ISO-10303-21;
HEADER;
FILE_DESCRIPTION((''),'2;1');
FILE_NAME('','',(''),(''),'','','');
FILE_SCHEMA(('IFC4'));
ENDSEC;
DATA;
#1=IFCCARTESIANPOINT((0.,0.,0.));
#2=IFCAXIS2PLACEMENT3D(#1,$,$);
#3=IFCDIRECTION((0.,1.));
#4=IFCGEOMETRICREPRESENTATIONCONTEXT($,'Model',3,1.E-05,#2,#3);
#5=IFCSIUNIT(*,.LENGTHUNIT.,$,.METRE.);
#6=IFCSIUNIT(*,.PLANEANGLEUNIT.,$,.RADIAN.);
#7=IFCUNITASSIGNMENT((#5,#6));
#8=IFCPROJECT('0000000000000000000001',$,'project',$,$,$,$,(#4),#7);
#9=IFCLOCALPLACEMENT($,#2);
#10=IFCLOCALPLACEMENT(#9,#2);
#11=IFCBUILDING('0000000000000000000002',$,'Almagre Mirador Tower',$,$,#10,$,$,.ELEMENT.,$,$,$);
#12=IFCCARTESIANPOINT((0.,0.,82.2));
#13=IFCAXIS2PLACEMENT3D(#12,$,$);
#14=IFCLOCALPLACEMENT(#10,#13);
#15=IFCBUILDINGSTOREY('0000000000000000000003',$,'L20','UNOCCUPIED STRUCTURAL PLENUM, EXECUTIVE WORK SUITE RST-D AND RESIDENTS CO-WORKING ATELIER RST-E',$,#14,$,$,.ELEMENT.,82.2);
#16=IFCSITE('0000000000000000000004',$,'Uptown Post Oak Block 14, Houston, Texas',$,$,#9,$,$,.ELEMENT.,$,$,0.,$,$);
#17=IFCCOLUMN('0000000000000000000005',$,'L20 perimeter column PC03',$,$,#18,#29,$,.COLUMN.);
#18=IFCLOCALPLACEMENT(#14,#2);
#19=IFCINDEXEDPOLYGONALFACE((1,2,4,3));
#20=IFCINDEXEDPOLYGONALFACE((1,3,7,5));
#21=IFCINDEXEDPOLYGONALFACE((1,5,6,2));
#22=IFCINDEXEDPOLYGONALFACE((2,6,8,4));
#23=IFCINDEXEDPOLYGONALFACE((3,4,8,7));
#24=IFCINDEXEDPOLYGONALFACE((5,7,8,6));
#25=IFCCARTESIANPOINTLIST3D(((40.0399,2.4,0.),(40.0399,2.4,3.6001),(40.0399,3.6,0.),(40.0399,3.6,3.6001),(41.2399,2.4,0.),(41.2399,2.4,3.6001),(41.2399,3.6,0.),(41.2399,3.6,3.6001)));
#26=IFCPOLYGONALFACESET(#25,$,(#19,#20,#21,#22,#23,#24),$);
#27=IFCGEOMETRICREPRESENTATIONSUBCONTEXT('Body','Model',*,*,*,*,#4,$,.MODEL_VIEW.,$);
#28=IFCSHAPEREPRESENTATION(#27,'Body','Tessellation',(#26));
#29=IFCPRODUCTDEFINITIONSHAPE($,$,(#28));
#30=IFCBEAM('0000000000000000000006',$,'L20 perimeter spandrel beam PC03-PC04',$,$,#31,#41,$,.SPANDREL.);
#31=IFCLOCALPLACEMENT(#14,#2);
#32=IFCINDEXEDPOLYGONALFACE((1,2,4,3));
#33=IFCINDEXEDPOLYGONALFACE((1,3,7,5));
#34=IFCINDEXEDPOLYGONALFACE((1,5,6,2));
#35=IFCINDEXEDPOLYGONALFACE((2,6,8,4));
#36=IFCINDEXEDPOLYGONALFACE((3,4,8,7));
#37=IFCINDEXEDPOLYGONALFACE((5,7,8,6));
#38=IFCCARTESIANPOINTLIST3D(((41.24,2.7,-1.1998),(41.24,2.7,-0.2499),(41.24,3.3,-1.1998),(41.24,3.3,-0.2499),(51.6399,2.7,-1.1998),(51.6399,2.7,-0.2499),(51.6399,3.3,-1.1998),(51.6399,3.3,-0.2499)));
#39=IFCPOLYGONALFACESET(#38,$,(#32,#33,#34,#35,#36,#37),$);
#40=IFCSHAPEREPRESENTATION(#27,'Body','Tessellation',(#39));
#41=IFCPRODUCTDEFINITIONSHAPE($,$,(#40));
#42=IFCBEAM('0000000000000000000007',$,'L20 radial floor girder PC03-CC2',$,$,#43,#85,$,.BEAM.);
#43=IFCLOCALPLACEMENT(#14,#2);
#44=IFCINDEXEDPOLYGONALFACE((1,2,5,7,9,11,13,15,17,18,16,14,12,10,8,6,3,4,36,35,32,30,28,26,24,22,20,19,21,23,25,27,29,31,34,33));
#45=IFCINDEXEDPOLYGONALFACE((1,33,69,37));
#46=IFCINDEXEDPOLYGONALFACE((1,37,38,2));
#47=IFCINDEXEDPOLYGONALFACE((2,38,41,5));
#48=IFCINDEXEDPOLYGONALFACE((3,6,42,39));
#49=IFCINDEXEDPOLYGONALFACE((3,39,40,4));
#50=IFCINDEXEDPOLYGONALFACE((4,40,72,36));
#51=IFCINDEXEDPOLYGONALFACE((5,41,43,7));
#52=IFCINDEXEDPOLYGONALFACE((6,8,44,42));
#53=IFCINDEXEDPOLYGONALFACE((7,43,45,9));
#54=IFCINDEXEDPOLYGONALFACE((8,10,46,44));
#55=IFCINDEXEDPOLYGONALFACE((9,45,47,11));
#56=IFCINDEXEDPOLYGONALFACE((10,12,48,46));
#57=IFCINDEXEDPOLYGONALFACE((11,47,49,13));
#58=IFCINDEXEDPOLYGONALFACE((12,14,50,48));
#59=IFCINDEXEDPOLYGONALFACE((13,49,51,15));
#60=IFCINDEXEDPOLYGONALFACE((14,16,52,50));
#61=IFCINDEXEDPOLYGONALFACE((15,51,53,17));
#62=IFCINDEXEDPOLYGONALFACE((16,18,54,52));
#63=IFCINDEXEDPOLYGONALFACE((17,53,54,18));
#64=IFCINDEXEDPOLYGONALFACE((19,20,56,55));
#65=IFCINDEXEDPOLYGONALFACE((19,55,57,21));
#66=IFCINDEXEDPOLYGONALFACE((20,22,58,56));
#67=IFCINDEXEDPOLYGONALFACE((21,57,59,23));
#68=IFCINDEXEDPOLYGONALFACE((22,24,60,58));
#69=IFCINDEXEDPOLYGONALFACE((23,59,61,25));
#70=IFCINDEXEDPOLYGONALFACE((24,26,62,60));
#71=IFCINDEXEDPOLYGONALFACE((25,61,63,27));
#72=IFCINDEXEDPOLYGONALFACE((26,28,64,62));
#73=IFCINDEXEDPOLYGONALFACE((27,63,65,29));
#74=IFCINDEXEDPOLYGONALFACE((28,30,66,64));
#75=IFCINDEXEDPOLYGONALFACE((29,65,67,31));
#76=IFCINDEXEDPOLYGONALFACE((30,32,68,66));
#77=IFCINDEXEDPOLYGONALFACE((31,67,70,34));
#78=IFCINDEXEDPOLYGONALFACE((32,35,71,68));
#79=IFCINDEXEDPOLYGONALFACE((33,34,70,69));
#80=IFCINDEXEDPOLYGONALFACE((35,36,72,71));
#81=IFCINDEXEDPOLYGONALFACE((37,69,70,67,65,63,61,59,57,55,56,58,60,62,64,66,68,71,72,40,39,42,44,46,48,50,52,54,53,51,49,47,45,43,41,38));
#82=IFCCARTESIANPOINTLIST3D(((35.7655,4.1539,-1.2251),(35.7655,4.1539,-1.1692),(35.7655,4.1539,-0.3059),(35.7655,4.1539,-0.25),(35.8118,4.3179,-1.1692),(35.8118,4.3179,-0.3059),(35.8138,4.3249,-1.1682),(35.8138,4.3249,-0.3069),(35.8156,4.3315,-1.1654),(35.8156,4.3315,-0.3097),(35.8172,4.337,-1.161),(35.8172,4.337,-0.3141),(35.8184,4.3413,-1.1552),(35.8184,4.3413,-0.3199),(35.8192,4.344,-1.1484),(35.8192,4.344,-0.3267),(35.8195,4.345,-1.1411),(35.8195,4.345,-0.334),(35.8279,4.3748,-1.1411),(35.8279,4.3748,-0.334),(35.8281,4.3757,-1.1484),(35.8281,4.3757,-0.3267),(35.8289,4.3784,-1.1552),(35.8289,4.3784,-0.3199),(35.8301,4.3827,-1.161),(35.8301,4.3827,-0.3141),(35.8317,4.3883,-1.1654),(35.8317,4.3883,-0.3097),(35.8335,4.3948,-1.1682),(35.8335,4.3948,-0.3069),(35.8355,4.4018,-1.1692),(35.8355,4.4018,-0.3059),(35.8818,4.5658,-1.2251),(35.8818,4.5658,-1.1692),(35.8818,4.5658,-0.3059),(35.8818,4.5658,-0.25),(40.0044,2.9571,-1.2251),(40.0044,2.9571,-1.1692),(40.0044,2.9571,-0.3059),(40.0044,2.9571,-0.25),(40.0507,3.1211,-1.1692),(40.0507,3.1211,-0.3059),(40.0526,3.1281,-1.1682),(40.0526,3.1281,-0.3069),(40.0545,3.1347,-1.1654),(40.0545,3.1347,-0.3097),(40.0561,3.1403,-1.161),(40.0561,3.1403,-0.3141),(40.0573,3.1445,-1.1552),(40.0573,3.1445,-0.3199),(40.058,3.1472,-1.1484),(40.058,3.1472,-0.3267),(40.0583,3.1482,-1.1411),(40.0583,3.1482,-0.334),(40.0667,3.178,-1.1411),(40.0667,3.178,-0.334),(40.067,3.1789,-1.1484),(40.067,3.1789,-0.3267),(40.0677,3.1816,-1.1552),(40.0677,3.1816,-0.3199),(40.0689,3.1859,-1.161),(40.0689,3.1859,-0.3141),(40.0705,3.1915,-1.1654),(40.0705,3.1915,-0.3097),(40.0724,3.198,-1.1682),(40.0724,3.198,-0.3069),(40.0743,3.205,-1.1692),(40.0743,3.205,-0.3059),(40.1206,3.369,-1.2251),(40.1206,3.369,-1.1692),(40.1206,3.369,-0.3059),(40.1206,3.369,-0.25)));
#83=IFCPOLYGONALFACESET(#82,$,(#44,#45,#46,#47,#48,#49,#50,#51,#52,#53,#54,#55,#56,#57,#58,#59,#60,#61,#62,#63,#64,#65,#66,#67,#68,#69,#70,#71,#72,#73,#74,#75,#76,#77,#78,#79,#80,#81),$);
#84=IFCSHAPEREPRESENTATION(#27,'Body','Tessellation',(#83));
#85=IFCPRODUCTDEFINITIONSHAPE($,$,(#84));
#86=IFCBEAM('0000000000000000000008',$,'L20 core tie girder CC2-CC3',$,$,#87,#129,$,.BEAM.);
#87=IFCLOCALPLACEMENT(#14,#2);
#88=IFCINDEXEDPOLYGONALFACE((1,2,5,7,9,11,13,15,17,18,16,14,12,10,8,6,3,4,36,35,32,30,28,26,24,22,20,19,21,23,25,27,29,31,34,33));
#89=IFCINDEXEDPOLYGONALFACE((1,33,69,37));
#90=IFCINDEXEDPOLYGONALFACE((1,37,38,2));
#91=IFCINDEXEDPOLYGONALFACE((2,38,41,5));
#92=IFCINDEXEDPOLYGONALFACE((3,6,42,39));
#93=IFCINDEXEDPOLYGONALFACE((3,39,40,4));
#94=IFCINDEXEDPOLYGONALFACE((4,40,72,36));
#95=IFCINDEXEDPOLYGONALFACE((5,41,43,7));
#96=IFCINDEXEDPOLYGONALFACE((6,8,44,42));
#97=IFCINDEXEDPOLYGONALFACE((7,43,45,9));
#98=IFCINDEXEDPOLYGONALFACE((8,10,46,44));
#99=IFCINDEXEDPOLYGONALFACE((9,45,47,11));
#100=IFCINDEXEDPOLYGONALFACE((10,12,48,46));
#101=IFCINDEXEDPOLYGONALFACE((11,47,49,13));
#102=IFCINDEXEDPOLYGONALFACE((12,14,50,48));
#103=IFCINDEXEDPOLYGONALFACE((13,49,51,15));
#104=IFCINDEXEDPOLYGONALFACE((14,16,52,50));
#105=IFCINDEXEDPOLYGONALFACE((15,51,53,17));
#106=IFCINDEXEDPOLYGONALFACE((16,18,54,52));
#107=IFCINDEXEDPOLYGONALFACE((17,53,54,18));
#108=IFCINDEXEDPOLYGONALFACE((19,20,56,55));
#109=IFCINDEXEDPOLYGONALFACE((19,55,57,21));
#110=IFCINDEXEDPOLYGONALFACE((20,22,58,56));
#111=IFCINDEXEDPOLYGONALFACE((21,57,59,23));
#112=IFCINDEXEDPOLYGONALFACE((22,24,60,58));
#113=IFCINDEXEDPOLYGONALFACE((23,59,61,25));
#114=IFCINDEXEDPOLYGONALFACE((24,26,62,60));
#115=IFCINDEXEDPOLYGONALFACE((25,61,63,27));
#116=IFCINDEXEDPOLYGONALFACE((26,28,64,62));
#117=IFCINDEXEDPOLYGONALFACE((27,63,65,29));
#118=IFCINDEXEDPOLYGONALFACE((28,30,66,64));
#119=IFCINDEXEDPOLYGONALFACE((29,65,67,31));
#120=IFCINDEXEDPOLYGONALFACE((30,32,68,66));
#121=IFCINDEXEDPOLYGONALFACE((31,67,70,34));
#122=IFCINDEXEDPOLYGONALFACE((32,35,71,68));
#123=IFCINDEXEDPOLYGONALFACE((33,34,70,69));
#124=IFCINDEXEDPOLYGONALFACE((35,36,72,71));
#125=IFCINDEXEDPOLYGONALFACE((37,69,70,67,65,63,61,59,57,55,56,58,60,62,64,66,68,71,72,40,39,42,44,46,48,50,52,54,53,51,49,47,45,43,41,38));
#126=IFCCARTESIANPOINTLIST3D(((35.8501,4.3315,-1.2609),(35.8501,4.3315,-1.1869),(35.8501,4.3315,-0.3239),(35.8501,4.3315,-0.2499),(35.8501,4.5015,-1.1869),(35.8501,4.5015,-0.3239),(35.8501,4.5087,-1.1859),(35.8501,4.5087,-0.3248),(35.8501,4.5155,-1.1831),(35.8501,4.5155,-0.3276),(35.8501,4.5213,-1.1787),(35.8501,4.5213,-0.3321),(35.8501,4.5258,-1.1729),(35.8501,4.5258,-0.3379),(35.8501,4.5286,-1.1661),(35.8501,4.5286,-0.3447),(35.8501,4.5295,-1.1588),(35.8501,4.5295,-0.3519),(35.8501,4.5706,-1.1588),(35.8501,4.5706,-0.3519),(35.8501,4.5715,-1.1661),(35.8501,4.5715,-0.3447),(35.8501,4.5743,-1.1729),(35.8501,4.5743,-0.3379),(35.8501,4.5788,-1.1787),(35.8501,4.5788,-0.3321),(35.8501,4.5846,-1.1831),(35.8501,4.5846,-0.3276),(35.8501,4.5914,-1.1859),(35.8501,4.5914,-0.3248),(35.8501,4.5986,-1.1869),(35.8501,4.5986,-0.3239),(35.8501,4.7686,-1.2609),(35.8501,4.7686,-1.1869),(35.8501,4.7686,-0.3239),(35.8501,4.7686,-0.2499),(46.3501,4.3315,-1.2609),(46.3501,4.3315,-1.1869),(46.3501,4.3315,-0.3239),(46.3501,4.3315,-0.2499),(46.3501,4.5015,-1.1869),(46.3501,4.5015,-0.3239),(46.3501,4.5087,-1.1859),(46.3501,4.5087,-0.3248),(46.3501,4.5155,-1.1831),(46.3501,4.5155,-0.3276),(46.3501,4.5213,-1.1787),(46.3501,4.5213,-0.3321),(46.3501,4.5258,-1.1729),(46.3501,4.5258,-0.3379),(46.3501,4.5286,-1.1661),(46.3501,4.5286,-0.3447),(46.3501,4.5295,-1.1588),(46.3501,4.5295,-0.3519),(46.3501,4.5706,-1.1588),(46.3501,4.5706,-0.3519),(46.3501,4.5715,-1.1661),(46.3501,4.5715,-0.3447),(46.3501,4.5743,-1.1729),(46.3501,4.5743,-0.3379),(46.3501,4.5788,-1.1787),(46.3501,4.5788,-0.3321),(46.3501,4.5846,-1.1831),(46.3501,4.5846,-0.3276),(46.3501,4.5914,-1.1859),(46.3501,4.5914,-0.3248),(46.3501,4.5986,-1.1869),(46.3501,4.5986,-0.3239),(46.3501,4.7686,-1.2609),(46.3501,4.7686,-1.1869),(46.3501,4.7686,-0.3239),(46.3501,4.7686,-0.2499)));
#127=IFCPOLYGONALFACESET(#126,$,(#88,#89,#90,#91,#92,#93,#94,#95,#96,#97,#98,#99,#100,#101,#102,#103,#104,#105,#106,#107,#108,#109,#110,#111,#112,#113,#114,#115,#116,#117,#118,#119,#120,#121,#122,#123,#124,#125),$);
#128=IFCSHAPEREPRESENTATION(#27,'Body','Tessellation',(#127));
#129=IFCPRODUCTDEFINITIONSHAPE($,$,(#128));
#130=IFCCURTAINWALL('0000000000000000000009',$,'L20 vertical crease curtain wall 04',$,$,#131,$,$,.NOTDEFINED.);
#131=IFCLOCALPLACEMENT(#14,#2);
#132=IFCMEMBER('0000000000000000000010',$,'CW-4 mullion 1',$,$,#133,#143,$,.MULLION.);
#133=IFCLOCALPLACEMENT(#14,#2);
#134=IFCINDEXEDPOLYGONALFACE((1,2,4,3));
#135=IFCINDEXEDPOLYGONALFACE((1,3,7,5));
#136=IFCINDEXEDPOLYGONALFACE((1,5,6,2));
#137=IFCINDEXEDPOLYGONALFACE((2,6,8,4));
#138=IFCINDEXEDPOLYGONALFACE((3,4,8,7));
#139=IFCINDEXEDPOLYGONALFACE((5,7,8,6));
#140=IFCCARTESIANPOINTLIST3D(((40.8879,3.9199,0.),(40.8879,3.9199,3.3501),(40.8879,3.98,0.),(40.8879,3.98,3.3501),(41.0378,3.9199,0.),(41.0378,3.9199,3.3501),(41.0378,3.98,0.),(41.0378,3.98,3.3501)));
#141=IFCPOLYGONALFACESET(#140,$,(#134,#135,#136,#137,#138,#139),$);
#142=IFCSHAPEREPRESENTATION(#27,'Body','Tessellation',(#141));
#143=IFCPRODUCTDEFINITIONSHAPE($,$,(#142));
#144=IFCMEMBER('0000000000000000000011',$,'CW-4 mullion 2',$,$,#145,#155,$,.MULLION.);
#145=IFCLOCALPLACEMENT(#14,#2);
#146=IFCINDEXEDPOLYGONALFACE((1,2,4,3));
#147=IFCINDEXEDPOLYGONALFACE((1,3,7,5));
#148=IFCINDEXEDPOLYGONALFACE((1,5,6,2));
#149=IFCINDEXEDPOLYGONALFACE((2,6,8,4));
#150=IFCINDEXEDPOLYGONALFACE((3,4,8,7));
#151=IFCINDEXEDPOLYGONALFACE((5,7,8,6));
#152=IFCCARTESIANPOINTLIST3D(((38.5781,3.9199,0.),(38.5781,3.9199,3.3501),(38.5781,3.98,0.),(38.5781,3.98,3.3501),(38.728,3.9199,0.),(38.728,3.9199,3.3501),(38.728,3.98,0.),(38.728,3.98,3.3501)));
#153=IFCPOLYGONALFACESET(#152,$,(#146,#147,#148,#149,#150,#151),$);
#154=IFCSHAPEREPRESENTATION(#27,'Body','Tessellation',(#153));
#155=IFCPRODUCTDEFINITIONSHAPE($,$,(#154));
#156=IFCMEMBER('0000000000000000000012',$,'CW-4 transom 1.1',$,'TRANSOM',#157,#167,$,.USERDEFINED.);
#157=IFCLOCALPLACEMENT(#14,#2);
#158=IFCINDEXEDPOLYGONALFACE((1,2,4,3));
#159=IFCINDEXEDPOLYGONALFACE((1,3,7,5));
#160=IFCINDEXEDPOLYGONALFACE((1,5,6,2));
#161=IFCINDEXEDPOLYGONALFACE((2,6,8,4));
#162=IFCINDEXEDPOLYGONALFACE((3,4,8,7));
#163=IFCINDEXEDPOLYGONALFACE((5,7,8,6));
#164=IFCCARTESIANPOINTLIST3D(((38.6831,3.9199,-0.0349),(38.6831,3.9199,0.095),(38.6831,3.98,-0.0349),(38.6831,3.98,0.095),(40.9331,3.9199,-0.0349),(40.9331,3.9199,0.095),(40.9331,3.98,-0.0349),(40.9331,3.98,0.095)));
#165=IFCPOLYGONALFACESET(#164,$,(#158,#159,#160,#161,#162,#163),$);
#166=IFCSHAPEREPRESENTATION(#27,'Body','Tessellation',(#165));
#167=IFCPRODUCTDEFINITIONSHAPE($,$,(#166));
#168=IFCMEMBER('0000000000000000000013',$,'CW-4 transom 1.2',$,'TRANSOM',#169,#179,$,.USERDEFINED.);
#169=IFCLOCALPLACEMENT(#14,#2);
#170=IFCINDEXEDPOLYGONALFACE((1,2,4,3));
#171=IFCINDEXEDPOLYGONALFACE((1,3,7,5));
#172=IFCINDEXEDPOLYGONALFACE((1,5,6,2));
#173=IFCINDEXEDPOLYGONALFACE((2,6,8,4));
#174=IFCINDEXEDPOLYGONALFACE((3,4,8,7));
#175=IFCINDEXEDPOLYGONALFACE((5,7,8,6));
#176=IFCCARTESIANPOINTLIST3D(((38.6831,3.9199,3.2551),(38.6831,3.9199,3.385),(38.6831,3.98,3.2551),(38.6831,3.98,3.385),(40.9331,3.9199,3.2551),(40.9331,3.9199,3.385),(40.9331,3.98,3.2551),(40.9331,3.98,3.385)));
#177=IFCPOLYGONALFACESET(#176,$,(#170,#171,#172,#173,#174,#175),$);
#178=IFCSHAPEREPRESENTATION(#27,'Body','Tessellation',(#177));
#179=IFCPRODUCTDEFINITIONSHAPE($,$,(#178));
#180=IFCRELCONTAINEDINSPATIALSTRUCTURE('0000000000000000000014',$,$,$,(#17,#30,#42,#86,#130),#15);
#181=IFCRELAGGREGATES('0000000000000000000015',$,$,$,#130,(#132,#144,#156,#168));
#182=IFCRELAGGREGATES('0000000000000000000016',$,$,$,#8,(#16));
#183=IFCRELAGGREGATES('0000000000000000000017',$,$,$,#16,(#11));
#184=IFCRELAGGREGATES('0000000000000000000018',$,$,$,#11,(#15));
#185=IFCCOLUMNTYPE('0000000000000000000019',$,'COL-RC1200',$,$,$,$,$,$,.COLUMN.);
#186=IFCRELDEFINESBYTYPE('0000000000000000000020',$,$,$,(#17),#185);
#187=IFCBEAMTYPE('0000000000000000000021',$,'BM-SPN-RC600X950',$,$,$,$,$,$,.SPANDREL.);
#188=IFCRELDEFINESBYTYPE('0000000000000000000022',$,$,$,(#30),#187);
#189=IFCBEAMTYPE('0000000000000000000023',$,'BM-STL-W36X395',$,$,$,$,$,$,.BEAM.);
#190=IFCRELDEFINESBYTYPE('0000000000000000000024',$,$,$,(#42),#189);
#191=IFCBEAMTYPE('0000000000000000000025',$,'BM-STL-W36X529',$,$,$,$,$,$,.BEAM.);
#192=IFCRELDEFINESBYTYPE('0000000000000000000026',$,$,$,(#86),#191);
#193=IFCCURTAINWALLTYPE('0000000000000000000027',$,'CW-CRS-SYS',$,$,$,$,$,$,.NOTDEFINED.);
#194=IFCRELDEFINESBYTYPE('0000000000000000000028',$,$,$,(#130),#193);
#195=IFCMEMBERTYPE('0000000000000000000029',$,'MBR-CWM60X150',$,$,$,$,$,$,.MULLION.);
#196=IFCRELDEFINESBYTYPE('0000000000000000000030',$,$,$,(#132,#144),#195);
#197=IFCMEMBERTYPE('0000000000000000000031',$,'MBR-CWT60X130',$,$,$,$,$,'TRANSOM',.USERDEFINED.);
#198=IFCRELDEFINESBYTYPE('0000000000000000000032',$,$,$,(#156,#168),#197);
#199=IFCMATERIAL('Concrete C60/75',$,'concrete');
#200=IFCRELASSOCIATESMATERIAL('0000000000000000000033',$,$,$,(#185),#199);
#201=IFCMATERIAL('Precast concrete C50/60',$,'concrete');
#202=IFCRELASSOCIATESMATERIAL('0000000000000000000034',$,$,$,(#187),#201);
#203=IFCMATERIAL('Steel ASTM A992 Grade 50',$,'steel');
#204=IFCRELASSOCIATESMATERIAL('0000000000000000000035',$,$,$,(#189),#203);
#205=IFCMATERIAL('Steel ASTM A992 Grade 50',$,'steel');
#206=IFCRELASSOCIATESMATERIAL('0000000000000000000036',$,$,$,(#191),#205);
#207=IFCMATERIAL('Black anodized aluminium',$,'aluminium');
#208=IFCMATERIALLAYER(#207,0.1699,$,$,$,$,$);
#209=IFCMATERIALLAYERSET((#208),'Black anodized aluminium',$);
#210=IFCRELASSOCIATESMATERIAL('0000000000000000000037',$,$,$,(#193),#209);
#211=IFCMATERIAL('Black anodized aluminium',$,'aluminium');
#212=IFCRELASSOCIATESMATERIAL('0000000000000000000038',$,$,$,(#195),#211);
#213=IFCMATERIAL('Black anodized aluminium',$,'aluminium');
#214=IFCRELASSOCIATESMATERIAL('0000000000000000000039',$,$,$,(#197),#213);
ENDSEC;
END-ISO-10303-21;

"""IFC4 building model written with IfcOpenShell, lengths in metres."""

from ifc_helpers import new_model, si_unit, direction, frame, origin, origin_2d, place, context, subcontext, project, spatial, rectangle, i_section, extrude, material, layer, layer_set, material_profile, profile_set, type_object, element, aggregate, save


model = new_model("IFC4")

# Units and contexts
model_context = context("Model", 3, precision=1e-05, world=origin(), true_north=direction((0.0, 1.0)))
body_context = subcontext(model_context, "Body", "Model", "MODEL_VIEW")
ifc_project = project(units=[si_unit("LENGTHUNIT", "METRE"), si_unit("PLANEANGLEUNIT", "RADIAN")], contexts=[model_context])

# Site, building, storey
site_placement = place(None, origin())
site = spatial("IfcSite", under=ifc_project, at=site_placement, Name="Uptown Post Oak Block 14, Houston, Texas", CompositionType="ELEMENT", RefElevation=0.0)
building_placement = place(site_placement, origin())
building = spatial("IfcBuilding", under=site, at=building_placement, Name="Almagre Mirador Tower", CompositionType="ELEMENT")
storey_placement = place(building_placement, frame((0.0, 0.0, 82.2)))
storey = spatial("IfcBuildingStorey", under=building, at=storey_placement, Name="L20", Description="UNOCCUPIED STRUCTURAL PLENUM, EXECUTIVE WORK SUITE RST-D AND RESIDENTS CO-WORKING ATELIER RST-E", CompositionType="ELEMENT", Elevation=82.2)

# Column
ifc_material_1 = material(Name="Concrete C60/75", Category="concrete")
ifc_material_profile_1 = material_profile(ifc_material_1, rectangle(XDim=1.2, YDim=1.2, at=origin_2d()), Name="RC1200X1200")
ifc_profile_set_1 = profile_set([ifc_material_profile_1], Name="Concrete C60/75")
column_type = type_object("IfcColumnType", Name="COL-RC1200", PredefinedType="COLUMN", material=ifc_profile_set_1)
column_placement = place(storey_placement, frame((40.6399, 3.0, 0.0), z_axis=(0.0, 0.0, 1.0), x_axis=(1.0, 0.0, 0.0)))
element("IfcColumn", 1, at=column_placement, inside=storey, type_object=column_type, Name="L20 perimeter column PC03", PredefinedType="COLUMN", context=body_context, shape_type="SweptSolid", body=[
    extrude(rectangle(XDim=1.2, YDim=1.2, at=origin_2d()), origin(), (0.0, 0.0, 1.0), 3.6001),
])

# Beams
ifc_material_2 = material(Name="Precast concrete C50/60", Category="concrete")
ifc_material_profile_2 = material_profile(ifc_material_2, rectangle(XDim=0.6001, YDim=0.95, at=origin_2d()), Name="RC600X950")
ifc_profile_set_2 = profile_set([ifc_material_profile_2], Name="Precast concrete C50/60")
beam_type_1 = type_object("IfcBeamType", Name="BM-SPN-RC600X950", PredefinedType="SPANDREL", material=ifc_profile_set_2)
beam_1_placement = place(storey_placement, frame((41.24, 3.0, -0.7249), z_axis=(1.0, 0.0, 0.0), x_axis=(0.0, 1.0, 0.0)))
element("IfcBeam", 2, at=beam_1_placement, inside=storey, type_object=beam_type_1, Name="L20 perimeter spandrel beam PC03-PC04", PredefinedType="SPANDREL", context=body_context, shape_type="SweptSolid", body=[
    extrude(rectangle(XDim=0.6001, YDim=0.95, at=origin_2d()), origin(), (0.0, 0.0, 1.0), 10.3999),
])
ifc_material_3 = material(Name="Steel ASTM A992 Grade 50", Category="steel")
ifc_material_profile_3 = material_profile(ifc_material_3, i_section(OverallWidth=0.428, OverallDepth=0.9751, WebThickness=0.031, FlangeThickness=0.0559, FilletRadius=0.0281, at=origin_2d()), Name="W36X395")
ifc_profile_set_3 = profile_set([ifc_material_profile_3], Name="Steel ASTM A992 Grade 50")
beam_type_2 = type_object("IfcBeamType", Name="BM-STL-W36X395", PredefinedType="BEAM", material=ifc_profile_set_3)
beam_2_placement = place(storey_placement, frame((40.0625, 3.1631, -0.7375), z_axis=(-0.962377, 0.271718, 0.0), x_axis=(-0.271718, -0.962377, 0.0)))
element("IfcBeam", 3, at=beam_2_placement, inside=storey, type_object=beam_type_2, Name="L20 radial floor girder PC03-CC2", PredefinedType="BEAM", context=body_context, shape_type="SweptSolid", body=[
    extrude(i_section(OverallWidth=0.428, OverallDepth=0.9751, WebThickness=0.031, FlangeThickness=0.0559, FilletRadius=0.0281, at=origin_2d()), origin(), (0.0, 0.0, 1.0), 4.4045),
])
ifc_material_4 = material(Name="Steel ASTM A992 Grade 50", Category="steel")
ifc_material_profile_4 = material_profile(ifc_material_4, i_section(OverallWidth=0.437, OverallDepth=1.011, WebThickness=0.041, FlangeThickness=0.074, FilletRadius=0.0281, at=origin_2d()), Name="W36X529")
ifc_profile_set_4 = profile_set([ifc_material_profile_4], Name="Steel ASTM A992 Grade 50")
beam_type_3 = type_object("IfcBeamType", Name="BM-STL-W36X529", PredefinedType="BEAM", material=ifc_profile_set_4)
beam_3_placement = place(storey_placement, frame((35.8501, 4.55, -0.7554), z_axis=(1.0, 0.0, 0.0), x_axis=(0.0, 1.0, 0.0)))
element("IfcBeam", 4, at=beam_3_placement, inside=storey, type_object=beam_type_3, Name="L20 core tie girder CC2-CC3", PredefinedType="BEAM", context=body_context, shape_type="SweptSolid", body=[
    extrude(i_section(OverallWidth=0.437, OverallDepth=1.011, WebThickness=0.041, FlangeThickness=0.074, FilletRadius=0.0281, at=origin_2d()), origin(), (0.0, 0.0, 1.0), 10.5),
])

# Curtain wall, members
ifc_material_5 = material(Name="Black anodized aluminium", Category="aluminium")
ifc_layer_1 = layer(ifc_material_5, 0.1699)
ifc_layer_set_1 = layer_set([ifc_layer_1], Name="Black anodized aluminium")
curtain_wall_type = type_object("IfcCurtainWallType", Name="CW-CRS-SYS", PredefinedType="NOTDEFINED", material=ifc_layer_set_1)
curtain_wall_placement = place(storey_placement, origin())
curtain_wall = element("IfcCurtainWall", 5, at=curtain_wall_placement, inside=storey, type_object=curtain_wall_type, Name="L20 vertical crease curtain wall 04", PredefinedType="NOTDEFINED")
ifc_material_6 = material(Name="Black anodized aluminium", Category="aluminium")
ifc_material_profile_5 = material_profile(ifc_material_6, rectangle(XDim=0.0601, YDim=0.1499, at=origin_2d()), Name="CWM60X150")
ifc_profile_set_5 = profile_set([ifc_material_profile_5], Name="Black anodized aluminium")
member_type_1 = type_object("IfcMemberType", Name="MBR-CWM60X150", PredefinedType="MULLION", material=ifc_profile_set_5)
member_1_placement = place(storey_placement, frame((40.9629, 3.95, 0.0), z_axis=(0.0, 0.0, 1.0), x_axis=(0.0, -1.0, 0.0)))
member_1 = element("IfcMember", 6, at=member_1_placement, type_object=member_type_1, Name="CW-4 mullion 1", PredefinedType="MULLION", context=body_context, shape_type="SweptSolid", body=[
    extrude(rectangle(XDim=0.0601, YDim=0.1499, at=origin_2d()), origin(), (0.0, 0.0, 1.0), 3.3501),
])
member_2_placement = place(storey_placement, frame((38.6531, 3.95, 0.0), z_axis=(0.0, 0.0, 1.0), x_axis=(0.0, -1.0, 0.0)))
member_2 = element("IfcMember", 7, at=member_2_placement, type_object=member_type_1, Name="CW-4 mullion 2", PredefinedType="MULLION", context=body_context, shape_type="SweptSolid", body=[
    extrude(rectangle(XDim=0.0601, YDim=0.1499, at=origin_2d()), origin(), (0.0, 0.0, 1.0), 3.3501),
])
ifc_material_7 = material(Name="Black anodized aluminium", Category="aluminium")
ifc_material_profile_6 = material_profile(ifc_material_7, rectangle(XDim=0.0601, YDim=0.1299, at=origin_2d()), Name="CWT60X130")
ifc_profile_set_6 = profile_set([ifc_material_profile_6], Name="Black anodized aluminium")
member_type_2 = type_object("IfcMemberType", Name="MBR-CWT60X130", ElementType="TRANSOM", PredefinedType="USERDEFINED", material=ifc_profile_set_6)
member_3_placement = place(storey_placement, frame((40.9331, 3.95, 0.03), z_axis=(-1.0, 0.0, 0.0), x_axis=(0.0, -1.0, 0.0)))
member_3 = element("IfcMember", 8, at=member_3_placement, type_object=member_type_2, Name="CW-4 transom 1.1", ObjectType="TRANSOM", PredefinedType="USERDEFINED", context=body_context, shape_type="SweptSolid", body=[
    extrude(rectangle(XDim=0.0601, YDim=0.1299, at=origin_2d()), origin(), (0.0, 0.0, 1.0), 2.25),
])
member_4_placement = place(storey_placement, frame((40.9331, 3.95, 3.3201), z_axis=(-1.0, 0.0, 0.0), x_axis=(0.0, -1.0, 0.0)))
member_4 = element("IfcMember", 9, at=member_4_placement, type_object=member_type_2, Name="CW-4 transom 1.2", ObjectType="TRANSOM", PredefinedType="USERDEFINED", context=body_context, shape_type="SweptSolid", body=[
    extrude(rectangle(XDim=0.0601, YDim=0.1299, at=origin_2d()), origin(), (0.0, 0.0, 1.0), 2.25),
])
aggregate(curtain_wall, [member_1, member_2, member_3, member_4])

save(model, "model.ifc")
